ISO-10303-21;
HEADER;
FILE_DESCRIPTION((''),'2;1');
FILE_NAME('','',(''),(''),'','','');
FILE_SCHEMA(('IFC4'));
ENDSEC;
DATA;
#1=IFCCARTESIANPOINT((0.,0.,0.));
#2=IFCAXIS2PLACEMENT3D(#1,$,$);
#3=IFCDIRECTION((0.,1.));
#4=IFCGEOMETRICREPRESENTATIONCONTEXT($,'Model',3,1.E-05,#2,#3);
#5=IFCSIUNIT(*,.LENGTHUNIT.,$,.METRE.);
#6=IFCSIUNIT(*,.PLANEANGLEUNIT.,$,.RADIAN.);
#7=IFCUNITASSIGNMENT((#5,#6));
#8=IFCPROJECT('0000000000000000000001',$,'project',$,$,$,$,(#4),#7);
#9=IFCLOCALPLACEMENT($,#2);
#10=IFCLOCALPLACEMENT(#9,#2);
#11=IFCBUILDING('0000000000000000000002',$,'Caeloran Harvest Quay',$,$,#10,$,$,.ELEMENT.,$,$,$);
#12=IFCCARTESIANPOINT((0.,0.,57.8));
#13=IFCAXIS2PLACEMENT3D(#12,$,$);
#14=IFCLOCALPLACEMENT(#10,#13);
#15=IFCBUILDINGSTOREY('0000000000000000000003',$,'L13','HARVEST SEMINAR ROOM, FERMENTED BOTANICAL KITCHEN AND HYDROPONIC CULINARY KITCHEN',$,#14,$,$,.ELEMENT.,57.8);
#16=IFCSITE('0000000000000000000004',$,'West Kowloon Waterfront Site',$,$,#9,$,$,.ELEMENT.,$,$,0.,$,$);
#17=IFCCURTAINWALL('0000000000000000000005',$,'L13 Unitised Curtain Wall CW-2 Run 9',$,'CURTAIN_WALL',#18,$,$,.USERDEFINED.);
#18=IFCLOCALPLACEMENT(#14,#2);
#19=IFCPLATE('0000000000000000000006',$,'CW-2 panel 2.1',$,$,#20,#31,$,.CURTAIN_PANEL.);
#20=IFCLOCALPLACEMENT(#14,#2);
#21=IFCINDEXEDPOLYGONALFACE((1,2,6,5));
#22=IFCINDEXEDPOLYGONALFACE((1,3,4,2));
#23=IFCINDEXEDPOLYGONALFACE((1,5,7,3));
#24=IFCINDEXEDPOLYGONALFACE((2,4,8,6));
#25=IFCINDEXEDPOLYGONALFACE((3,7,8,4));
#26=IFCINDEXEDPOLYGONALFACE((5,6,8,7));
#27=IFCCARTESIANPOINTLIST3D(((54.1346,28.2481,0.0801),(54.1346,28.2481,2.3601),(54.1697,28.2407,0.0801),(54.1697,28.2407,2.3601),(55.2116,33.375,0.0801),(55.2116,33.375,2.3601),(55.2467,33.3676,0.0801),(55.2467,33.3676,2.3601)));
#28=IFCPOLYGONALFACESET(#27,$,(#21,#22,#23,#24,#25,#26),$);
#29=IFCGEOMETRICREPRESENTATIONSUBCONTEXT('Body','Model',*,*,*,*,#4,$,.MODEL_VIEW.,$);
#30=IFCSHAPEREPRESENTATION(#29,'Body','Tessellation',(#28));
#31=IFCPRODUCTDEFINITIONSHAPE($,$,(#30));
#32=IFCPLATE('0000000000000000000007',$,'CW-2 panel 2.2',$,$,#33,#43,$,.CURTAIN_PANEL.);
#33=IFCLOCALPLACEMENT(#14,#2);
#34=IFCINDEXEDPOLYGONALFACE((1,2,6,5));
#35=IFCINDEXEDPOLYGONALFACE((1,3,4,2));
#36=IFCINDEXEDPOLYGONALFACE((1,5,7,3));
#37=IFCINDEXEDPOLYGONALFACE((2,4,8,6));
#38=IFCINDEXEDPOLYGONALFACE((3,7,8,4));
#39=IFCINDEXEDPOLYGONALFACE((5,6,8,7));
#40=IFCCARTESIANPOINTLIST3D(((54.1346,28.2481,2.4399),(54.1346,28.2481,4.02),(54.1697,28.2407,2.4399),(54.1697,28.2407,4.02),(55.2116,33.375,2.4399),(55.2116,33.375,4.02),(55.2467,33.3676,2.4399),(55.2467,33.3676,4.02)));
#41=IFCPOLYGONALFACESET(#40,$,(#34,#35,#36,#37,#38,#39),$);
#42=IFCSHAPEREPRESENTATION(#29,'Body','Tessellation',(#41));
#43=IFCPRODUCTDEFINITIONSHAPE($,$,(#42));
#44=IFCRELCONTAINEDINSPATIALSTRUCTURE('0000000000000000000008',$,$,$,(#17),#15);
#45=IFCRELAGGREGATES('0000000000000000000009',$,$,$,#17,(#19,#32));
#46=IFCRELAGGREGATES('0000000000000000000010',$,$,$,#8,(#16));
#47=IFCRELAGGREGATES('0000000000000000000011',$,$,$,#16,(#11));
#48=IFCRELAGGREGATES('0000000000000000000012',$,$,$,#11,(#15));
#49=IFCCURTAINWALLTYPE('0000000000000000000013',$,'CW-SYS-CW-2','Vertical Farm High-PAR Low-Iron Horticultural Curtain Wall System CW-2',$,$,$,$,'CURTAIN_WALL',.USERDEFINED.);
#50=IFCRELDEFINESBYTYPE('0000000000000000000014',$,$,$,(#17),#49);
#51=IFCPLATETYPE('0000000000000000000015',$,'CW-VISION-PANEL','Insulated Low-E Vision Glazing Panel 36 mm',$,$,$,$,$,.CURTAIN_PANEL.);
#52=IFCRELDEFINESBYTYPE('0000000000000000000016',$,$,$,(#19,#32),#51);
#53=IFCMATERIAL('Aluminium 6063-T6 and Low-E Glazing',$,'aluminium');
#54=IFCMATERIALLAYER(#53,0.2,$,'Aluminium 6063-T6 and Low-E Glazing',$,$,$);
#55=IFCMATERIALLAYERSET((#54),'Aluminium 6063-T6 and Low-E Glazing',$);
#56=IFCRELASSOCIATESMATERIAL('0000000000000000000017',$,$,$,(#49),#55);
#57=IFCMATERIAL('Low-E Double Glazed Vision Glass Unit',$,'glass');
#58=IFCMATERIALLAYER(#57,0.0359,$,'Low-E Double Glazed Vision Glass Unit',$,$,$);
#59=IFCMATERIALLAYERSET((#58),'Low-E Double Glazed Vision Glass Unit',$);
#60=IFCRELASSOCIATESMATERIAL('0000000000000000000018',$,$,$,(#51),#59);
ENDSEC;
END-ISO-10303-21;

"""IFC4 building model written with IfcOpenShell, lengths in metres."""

from ifc_helpers import new_model, si_unit, direction, frame, origin, origin_2d, place, context, subcontext, project, spatial, rectangle, extrude, material, layer, layer_set, type_object, element, aggregate, save


model = new_model("IFC4")

# Units and contexts
model_context = context("Model", 3, precision=1e-05, world=origin(), true_north=direction((0.0, 1.0)))
body_context = subcontext(model_context, "Body", "Model", "MODEL_VIEW")
ifc_project = project(units=[si_unit("LENGTHUNIT", "METRE"), si_unit("PLANEANGLEUNIT", "RADIAN")], contexts=[model_context])

# Site, building, storey
site_placement = place(None, origin())
site = spatial("IfcSite", under=ifc_project, at=site_placement, Name="West Kowloon Waterfront Site", CompositionType="ELEMENT", RefElevation=0.0)
building_placement = place(site_placement, origin())
building = spatial("IfcBuilding", under=site, at=building_placement, Name="Caeloran Harvest Quay", CompositionType="ELEMENT")
storey_placement = place(building_placement, frame((0.0, 0.0, 57.8)))
storey = spatial("IfcBuildingStorey", under=building, at=storey_placement, Name="L13", Description="HARVEST SEMINAR ROOM, FERMENTED BOTANICAL KITCHEN AND HYDROPONIC CULINARY KITCHEN", CompositionType="ELEMENT", Elevation=57.8)

# Curtain wall, plates
ifc_material_1 = material(Name="Aluminium 6063-T6 and Low-E Glazing", Category="aluminium")
ifc_layer_1 = layer(ifc_material_1, 0.2, Name="Aluminium 6063-T6 and Low-E Glazing")
ifc_layer_set_1 = layer_set([ifc_layer_1], Name="Aluminium 6063-T6 and Low-E Glazing")
curtain_wall_type = type_object("IfcCurtainWallType", Name="CW-SYS-CW-2", Description="Vertical Farm High-PAR Low-Iron Horticultural Curtain Wall System CW-2", ElementType="CURTAIN_WALL", PredefinedType="USERDEFINED", material=ifc_layer_set_1)
curtain_wall_placement = place(storey_placement, origin())
curtain_wall = element("IfcCurtainWall", 1, at=curtain_wall_placement, inside=storey, type_object=curtain_wall_type, Name="L13 Unitised Curtain Wall CW-2 Run 9", ObjectType="CURTAIN_WALL", PredefinedType="USERDEFINED")
ifc_material_2 = material(Name="Low-E Double Glazed Vision Glass Unit", Category="glass")
ifc_layer_2 = layer(ifc_material_2, 0.0359, Name="Low-E Double Glazed Vision Glass Unit")
ifc_layer_set_2 = layer_set([ifc_layer_2], Name="Low-E Double Glazed Vision Glass Unit")
plate_type = type_object("IfcPlateType", Name="CW-VISION-PANEL", Description="Insulated Low-E Vision Glazing Panel 36 mm", PredefinedType="CURTAIN_PANEL", material=ifc_layer_set_2)
plate_1_placement = place(storey_placement, frame((54.6907, 30.8079, 0.0801), z_axis=(0.0, 0.0, 1.0), x_axis=(-0.205583, -0.97864, 0.0)))
plate_1 = element("IfcPlate", 2, at=plate_1_placement, type_object=plate_type, Name="CW-2 panel 2.1", PredefinedType="CURTAIN_PANEL", context=body_context, shape_type="SweptSolid", body=[
    extrude(rectangle(XDim=5.2388, YDim=0.0359, at=origin_2d()), origin(), (0.0, 0.0, 1.0), 2.28),
])
plate_2_placement = place(storey_placement, frame((54.6907, 30.8079, 2.4399), z_axis=(0.0, 0.0, 1.0), x_axis=(-0.205583, -0.97864, 0.0)))
plate_2 = element("IfcPlate", 3, at=plate_2_placement, type_object=plate_type, Name="CW-2 panel 2.2", PredefinedType="CURTAIN_PANEL", context=body_context, shape_type="SweptSolid", body=[
    extrude(rectangle(XDim=5.2388, YDim=0.0359, at=origin_2d()), origin(), (0.0, 0.0, 1.0), 1.5801),
])
aggregate(curtain_wall, [plate_1, plate_2])

save(model, "model.ifc")
